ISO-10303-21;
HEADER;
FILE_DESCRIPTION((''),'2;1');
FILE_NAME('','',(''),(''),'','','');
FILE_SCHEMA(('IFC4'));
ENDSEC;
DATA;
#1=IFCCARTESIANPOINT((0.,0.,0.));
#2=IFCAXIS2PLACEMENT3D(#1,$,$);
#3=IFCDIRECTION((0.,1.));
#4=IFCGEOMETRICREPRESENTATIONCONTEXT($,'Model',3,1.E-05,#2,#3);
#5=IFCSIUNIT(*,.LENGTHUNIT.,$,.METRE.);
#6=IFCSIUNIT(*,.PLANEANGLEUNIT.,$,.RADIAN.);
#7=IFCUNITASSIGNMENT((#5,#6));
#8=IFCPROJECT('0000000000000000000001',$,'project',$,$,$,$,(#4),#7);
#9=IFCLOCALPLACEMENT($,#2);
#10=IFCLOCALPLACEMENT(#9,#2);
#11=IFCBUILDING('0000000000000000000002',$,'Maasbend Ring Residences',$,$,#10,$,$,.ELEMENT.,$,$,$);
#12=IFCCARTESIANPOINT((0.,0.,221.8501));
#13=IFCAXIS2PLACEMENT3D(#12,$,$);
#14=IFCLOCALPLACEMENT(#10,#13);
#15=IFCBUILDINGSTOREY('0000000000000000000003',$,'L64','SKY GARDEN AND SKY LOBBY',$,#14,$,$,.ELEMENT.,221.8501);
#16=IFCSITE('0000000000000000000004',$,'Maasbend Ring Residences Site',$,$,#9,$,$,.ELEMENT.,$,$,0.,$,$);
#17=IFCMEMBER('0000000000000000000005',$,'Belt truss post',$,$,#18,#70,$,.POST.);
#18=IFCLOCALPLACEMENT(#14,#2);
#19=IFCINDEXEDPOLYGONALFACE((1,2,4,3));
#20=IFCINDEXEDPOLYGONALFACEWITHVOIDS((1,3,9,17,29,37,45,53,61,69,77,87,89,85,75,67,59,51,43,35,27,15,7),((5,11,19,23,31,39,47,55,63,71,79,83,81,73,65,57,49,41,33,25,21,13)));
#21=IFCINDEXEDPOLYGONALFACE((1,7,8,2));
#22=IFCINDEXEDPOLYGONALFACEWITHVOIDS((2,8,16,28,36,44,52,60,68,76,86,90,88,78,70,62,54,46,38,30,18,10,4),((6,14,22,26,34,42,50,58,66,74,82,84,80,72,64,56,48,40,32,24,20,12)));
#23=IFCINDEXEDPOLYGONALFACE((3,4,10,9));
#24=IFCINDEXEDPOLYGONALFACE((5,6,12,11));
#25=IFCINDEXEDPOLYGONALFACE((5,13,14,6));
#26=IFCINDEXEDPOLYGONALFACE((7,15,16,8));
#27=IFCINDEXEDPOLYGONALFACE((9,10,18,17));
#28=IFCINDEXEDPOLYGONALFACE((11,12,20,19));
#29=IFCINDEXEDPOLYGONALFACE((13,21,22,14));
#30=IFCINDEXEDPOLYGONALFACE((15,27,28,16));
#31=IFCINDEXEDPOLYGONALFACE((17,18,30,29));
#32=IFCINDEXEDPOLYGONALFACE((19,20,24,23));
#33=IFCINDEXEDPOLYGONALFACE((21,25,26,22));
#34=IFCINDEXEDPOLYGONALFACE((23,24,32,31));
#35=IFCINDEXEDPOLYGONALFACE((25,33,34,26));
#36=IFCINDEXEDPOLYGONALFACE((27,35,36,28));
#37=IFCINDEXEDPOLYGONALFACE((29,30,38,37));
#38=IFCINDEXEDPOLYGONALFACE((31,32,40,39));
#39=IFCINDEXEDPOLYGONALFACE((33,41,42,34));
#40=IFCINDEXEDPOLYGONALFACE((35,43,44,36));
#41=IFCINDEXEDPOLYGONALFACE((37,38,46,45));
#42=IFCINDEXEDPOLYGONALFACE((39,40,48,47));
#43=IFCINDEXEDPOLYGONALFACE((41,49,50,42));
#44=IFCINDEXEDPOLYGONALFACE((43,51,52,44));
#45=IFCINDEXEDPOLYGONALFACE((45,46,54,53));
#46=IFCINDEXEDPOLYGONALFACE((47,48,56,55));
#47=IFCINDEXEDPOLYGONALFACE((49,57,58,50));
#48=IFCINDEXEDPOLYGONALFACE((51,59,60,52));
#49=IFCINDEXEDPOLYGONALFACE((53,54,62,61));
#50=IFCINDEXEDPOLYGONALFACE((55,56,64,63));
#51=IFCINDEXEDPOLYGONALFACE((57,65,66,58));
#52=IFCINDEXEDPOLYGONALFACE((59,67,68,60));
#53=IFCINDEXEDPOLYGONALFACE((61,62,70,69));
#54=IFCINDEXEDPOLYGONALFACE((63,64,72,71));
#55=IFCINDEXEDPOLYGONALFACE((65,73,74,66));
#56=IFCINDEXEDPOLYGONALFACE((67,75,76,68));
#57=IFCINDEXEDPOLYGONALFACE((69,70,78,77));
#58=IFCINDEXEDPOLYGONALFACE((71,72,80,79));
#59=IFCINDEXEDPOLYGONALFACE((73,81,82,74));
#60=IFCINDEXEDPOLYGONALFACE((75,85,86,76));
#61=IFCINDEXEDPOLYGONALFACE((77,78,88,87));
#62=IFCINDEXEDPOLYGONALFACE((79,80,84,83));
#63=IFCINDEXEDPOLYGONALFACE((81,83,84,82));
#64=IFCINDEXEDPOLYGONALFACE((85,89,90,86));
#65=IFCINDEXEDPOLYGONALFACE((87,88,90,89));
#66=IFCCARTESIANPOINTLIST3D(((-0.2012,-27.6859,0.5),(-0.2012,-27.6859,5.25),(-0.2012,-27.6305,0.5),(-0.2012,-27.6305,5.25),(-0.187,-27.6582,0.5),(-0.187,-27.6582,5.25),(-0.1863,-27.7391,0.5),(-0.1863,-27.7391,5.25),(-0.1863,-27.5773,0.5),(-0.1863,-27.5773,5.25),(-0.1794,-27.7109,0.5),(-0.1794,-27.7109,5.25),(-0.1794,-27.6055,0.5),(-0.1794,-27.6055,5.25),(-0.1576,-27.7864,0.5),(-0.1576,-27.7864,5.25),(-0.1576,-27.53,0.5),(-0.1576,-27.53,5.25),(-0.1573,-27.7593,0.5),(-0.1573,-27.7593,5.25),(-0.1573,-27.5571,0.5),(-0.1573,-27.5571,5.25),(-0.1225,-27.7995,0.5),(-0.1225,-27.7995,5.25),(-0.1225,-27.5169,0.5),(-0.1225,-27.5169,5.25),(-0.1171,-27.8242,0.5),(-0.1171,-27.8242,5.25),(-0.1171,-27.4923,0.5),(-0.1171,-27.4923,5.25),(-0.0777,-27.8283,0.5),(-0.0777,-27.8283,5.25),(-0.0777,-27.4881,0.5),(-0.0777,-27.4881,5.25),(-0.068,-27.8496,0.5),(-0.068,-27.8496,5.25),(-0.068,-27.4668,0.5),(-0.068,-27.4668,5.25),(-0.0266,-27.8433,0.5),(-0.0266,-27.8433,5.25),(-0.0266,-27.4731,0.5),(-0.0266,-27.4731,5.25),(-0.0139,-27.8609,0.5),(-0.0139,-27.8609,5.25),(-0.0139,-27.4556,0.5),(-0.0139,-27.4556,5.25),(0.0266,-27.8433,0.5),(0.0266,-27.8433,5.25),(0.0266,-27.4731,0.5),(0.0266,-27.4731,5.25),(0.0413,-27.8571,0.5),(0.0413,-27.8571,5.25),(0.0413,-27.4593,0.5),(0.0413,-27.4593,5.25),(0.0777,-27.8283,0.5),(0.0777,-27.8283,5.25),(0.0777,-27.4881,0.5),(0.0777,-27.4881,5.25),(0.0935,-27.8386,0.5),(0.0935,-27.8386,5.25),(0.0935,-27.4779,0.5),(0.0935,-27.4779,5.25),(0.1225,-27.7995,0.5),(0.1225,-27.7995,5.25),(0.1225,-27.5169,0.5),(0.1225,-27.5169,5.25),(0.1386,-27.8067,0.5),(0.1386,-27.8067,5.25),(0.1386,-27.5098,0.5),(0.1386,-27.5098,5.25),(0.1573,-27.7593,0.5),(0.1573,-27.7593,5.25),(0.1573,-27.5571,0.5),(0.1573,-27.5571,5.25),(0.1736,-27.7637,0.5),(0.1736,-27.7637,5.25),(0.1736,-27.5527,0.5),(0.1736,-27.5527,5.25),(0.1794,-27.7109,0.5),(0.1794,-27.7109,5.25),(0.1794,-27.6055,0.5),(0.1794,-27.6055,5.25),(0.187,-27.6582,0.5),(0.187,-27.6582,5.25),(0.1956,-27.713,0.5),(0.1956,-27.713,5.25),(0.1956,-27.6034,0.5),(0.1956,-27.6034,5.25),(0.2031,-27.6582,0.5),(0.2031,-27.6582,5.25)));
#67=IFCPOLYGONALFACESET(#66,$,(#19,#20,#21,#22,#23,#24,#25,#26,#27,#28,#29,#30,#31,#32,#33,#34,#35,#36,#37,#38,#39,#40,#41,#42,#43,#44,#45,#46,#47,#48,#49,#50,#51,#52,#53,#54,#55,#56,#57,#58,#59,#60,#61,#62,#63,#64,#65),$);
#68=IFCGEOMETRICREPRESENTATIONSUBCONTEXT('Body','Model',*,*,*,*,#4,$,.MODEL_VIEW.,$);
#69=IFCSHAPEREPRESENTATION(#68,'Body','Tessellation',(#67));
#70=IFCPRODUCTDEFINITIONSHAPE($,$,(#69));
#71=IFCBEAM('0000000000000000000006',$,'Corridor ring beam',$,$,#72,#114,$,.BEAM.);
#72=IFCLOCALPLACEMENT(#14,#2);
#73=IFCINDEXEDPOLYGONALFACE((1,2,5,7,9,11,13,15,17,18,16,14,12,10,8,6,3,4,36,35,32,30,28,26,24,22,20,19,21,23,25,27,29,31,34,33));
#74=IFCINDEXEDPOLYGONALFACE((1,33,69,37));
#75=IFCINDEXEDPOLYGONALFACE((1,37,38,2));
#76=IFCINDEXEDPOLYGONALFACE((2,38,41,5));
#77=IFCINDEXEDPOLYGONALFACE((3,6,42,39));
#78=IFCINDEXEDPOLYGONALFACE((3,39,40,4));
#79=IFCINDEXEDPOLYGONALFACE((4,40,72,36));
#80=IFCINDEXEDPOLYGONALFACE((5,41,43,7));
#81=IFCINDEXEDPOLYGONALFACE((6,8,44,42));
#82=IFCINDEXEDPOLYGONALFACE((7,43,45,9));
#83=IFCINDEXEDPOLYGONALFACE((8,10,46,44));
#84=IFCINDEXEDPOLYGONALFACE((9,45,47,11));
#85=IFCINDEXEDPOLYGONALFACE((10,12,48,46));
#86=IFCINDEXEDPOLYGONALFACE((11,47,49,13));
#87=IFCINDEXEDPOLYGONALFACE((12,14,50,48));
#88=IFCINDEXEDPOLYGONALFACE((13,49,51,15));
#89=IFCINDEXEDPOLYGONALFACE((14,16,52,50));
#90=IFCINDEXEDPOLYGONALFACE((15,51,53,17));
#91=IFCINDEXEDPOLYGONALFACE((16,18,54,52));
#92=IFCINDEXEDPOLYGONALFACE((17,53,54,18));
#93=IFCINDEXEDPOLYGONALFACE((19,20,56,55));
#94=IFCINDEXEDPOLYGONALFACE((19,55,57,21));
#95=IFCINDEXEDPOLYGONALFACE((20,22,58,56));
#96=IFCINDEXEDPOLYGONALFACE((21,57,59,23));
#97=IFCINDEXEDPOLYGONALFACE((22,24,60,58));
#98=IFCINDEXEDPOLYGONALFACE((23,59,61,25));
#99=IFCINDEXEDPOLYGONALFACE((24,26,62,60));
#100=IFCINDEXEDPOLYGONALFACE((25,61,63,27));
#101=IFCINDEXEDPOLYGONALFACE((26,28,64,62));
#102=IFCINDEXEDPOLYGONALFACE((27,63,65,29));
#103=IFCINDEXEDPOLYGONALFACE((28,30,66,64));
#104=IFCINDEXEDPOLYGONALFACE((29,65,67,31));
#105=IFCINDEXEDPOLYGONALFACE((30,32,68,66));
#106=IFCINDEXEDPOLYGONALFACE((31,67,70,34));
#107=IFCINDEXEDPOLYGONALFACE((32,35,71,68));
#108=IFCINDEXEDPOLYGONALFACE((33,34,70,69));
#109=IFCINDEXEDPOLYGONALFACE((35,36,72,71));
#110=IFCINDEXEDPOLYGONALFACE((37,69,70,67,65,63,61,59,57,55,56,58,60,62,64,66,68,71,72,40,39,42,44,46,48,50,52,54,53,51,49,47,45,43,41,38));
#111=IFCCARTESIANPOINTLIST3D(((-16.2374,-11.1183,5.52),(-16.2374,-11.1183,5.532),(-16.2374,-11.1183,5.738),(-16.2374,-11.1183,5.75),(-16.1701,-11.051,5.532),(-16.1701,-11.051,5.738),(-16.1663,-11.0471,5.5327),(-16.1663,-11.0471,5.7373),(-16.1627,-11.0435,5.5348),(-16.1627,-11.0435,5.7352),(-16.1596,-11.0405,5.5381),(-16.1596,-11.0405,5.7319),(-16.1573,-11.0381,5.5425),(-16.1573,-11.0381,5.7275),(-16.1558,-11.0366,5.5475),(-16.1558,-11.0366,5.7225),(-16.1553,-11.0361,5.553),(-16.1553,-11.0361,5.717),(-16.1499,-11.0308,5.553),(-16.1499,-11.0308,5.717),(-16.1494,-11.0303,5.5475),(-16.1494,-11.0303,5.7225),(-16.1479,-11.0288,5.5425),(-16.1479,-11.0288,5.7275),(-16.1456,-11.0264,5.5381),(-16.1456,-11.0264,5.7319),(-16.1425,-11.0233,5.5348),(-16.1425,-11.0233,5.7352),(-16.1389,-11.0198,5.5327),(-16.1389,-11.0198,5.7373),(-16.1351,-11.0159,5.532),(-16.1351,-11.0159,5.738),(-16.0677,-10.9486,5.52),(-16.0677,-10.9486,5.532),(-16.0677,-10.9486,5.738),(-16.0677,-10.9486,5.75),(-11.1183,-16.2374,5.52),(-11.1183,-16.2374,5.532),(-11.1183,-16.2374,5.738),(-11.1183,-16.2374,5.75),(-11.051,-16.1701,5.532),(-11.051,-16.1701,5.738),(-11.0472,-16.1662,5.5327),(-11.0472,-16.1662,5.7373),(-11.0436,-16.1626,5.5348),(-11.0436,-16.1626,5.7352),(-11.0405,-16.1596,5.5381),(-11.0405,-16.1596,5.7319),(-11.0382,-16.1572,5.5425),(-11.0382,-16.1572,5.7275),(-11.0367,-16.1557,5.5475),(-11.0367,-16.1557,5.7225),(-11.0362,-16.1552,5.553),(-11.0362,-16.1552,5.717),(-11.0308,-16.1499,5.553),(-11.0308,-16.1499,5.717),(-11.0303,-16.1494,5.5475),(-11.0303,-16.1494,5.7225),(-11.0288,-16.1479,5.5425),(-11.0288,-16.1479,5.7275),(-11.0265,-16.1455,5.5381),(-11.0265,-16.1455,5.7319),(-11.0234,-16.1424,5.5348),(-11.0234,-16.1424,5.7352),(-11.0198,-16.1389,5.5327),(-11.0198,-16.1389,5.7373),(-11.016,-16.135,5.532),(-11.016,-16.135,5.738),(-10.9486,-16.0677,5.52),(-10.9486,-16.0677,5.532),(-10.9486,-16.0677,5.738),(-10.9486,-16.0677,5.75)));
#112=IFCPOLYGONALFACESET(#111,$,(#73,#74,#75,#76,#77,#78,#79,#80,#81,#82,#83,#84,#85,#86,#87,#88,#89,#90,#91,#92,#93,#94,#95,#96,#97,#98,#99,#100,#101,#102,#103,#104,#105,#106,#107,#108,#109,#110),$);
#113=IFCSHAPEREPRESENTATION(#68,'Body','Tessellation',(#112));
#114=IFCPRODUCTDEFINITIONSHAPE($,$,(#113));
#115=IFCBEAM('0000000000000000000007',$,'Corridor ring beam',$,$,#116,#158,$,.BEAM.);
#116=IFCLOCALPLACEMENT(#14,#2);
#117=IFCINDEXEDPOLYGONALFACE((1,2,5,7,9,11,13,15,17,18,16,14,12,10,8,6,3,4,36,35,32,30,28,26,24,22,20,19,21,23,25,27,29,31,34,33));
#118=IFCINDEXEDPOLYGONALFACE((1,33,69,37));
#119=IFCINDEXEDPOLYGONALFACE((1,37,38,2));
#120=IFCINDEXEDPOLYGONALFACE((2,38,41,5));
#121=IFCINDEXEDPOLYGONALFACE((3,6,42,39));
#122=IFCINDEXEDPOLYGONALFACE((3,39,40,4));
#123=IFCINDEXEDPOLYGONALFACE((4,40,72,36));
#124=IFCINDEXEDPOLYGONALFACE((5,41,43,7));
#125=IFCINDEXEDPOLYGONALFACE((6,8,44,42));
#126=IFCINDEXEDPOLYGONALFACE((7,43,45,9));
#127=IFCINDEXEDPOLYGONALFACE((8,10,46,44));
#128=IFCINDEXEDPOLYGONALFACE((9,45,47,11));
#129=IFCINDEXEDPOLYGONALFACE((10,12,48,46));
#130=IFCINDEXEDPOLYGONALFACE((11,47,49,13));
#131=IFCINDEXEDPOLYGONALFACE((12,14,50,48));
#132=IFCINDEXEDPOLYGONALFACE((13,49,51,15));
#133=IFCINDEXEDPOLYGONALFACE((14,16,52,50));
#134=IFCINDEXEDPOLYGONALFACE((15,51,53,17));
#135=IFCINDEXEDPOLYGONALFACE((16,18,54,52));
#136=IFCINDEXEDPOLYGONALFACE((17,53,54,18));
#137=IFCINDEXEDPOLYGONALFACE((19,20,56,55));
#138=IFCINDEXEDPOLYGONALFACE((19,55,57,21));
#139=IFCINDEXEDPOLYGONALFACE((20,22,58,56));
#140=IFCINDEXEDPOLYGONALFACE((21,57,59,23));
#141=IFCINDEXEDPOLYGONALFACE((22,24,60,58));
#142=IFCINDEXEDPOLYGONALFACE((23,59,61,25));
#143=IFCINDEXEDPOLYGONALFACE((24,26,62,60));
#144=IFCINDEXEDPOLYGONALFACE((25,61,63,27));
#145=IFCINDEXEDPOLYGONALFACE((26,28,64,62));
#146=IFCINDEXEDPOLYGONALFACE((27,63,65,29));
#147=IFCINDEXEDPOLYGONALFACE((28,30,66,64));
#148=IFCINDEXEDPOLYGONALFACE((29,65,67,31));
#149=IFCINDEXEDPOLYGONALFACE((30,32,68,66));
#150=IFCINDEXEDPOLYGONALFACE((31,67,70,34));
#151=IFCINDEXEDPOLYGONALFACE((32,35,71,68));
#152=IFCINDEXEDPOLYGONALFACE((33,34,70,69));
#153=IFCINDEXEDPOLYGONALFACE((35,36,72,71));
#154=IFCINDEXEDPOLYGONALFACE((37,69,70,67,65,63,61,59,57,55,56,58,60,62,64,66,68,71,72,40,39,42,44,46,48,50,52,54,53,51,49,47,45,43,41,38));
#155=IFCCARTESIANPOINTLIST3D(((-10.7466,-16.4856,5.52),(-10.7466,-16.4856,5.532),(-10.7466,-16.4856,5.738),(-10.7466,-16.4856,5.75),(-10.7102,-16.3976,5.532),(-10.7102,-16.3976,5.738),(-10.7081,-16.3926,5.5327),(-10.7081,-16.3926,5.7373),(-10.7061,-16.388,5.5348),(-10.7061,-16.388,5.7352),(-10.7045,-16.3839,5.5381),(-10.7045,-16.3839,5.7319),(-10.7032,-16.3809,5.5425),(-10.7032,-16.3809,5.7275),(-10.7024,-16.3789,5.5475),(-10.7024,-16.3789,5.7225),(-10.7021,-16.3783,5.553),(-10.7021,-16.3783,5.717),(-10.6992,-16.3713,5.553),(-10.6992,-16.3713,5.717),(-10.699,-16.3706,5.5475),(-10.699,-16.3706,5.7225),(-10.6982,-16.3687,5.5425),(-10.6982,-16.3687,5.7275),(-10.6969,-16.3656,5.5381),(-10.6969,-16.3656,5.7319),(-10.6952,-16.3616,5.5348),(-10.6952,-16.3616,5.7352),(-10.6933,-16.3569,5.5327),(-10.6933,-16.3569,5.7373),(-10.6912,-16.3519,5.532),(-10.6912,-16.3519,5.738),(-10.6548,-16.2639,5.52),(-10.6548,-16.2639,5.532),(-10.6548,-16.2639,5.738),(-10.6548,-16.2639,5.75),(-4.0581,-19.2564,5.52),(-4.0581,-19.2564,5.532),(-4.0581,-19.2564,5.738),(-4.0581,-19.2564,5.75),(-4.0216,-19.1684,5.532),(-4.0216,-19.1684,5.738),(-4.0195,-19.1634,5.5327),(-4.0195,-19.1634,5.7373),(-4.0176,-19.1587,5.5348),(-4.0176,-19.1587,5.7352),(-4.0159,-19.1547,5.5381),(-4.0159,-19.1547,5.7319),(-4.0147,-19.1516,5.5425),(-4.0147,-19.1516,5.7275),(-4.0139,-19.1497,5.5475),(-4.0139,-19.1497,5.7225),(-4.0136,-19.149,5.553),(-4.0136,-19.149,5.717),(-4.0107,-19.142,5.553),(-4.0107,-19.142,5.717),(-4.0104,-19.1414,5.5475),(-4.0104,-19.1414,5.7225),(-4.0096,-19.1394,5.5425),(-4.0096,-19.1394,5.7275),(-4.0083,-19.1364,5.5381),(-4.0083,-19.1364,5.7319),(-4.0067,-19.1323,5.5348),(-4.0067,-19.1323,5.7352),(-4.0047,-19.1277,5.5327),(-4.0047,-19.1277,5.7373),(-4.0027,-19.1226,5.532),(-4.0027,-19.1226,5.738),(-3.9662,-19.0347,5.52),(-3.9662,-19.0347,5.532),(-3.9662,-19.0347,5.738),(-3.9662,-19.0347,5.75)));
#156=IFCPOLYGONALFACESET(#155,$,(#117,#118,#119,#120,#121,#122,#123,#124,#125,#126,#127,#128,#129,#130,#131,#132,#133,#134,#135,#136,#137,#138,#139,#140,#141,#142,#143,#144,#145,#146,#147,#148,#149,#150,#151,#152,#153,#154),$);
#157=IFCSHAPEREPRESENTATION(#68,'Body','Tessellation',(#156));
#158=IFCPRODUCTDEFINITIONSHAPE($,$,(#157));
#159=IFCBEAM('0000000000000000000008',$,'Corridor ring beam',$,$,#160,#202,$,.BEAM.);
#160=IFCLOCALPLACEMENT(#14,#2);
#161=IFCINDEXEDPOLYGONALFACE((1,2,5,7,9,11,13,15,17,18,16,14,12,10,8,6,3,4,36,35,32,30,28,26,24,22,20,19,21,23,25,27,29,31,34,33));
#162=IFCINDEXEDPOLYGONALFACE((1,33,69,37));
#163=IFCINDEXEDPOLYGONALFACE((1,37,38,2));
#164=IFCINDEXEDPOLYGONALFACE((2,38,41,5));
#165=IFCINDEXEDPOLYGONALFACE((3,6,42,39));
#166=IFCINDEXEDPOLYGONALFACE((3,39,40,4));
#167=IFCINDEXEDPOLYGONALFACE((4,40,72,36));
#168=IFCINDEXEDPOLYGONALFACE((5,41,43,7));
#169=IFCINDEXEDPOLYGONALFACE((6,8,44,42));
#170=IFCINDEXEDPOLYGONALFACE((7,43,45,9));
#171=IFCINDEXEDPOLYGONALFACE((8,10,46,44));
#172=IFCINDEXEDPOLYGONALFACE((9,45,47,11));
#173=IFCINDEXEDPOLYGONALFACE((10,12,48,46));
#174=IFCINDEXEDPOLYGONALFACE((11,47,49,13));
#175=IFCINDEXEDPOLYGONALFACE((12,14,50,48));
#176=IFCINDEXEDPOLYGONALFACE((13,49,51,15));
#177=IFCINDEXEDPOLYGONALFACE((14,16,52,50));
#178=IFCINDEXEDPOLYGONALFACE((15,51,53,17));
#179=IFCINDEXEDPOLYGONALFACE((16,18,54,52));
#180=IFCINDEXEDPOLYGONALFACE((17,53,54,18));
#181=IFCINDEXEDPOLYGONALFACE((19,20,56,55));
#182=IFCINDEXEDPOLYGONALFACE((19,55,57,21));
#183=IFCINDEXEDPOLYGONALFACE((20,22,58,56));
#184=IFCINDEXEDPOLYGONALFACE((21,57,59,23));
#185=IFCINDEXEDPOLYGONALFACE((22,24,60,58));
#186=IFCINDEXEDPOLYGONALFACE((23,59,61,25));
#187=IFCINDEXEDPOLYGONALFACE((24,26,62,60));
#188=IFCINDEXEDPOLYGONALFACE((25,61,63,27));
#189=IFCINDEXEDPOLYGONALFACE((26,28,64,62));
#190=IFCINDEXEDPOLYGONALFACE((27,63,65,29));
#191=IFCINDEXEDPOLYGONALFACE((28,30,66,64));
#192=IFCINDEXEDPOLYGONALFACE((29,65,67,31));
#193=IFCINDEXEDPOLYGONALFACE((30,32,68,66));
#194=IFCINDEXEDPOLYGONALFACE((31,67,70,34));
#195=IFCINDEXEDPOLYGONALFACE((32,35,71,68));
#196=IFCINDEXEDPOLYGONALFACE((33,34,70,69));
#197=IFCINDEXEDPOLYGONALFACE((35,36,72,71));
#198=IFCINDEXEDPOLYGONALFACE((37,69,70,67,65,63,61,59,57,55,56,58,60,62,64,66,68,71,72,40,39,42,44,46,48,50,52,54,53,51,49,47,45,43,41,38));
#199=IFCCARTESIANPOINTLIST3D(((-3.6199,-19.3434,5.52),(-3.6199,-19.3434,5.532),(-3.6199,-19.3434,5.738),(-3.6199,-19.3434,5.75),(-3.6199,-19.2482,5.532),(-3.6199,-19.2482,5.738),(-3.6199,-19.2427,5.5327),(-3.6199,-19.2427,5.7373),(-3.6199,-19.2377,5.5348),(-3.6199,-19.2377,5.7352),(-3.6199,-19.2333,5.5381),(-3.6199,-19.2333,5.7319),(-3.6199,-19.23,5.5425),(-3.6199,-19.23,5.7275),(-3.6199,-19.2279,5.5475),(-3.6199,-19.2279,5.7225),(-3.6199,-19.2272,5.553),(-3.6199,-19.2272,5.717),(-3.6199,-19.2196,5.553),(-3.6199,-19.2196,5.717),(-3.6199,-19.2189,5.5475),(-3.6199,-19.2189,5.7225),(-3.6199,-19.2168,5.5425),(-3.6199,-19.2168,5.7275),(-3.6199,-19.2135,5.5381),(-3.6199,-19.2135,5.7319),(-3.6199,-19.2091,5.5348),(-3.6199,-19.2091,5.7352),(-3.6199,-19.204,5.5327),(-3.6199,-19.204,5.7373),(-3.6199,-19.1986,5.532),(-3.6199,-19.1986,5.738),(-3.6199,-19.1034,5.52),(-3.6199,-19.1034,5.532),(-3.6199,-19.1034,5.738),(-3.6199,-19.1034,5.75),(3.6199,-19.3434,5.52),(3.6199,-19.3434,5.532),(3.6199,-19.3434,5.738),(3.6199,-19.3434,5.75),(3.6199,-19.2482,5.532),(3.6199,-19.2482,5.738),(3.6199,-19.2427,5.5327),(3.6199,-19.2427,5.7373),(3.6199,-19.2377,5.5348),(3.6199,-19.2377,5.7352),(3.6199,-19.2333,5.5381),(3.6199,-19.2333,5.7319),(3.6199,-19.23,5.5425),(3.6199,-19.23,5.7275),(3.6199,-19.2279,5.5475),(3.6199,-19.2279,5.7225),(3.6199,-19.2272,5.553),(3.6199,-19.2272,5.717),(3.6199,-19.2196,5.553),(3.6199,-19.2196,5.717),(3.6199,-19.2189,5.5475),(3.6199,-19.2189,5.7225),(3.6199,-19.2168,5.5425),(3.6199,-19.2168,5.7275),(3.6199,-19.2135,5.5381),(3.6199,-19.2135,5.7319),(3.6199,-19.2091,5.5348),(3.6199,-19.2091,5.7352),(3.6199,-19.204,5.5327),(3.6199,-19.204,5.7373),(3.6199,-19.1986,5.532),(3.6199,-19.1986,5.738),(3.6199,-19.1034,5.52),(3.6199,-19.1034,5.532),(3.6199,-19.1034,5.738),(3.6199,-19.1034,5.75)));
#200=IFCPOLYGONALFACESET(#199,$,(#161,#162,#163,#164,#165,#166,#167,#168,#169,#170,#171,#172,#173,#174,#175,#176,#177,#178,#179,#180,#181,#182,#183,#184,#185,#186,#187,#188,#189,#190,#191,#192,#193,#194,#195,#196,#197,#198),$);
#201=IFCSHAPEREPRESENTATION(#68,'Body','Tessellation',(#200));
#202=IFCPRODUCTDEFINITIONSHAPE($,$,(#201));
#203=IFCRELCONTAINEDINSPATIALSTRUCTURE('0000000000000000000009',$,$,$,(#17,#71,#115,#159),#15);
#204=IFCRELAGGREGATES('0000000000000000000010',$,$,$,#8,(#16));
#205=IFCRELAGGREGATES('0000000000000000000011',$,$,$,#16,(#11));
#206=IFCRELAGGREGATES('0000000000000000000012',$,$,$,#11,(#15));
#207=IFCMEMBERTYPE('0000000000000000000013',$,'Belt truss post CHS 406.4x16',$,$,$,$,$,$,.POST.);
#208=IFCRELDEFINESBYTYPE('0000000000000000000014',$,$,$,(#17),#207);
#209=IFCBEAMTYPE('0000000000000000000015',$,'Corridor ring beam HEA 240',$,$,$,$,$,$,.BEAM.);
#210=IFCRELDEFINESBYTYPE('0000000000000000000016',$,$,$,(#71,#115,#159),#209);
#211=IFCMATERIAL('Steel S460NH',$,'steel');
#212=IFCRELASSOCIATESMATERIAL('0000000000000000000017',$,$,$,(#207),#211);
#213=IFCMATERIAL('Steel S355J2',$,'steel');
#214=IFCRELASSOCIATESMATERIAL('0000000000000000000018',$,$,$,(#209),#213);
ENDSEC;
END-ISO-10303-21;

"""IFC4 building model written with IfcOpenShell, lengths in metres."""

from ifc_helpers import new_model, si_unit, direction, frame, origin, origin_2d, place, context, subcontext, project, spatial, hollow_circle, i_section, extrude, material, material_profile, profile_set, type_object, element, save


model = new_model("IFC4")

# Units and contexts
model_context = context("Model", 3, precision=1e-05, world=origin(), true_north=direction((0.0, 1.0)))
body_context = subcontext(model_context, "Body", "Model", "MODEL_VIEW")
ifc_project = project(units=[si_unit("LENGTHUNIT", "METRE"), si_unit("PLANEANGLEUNIT", "RADIAN")], contexts=[model_context])

# Site, building, storey
site_placement = place(None, origin())
site = spatial("IfcSite", under=ifc_project, at=site_placement, Name="Maasbend Ring Residences Site", CompositionType="ELEMENT", RefElevation=0.0)
building_placement = place(site_placement, origin())
building = spatial("IfcBuilding", under=site, at=building_placement, Name="Maasbend Ring Residences", CompositionType="ELEMENT")
storey_placement = place(building_placement, frame((0.0, 0.0, 221.8501)))
storey = spatial("IfcBuildingStorey", under=building, at=storey_placement, Name="L64", Description="SKY GARDEN AND SKY LOBBY", CompositionType="ELEMENT", Elevation=221.8501)

# Member
ifc_material_1 = material(Name="Steel S460NH", Category="steel")
ifc_material_profile_1 = material_profile(ifc_material_1, hollow_circle(Radius=0.2031, WallThickness=0.0161, at=origin_2d()), Name="Belt truss post CHS 406.4x16")
ifc_profile_set_1 = profile_set([ifc_material_profile_1], Name="Steel S460NH")
member_type_1 = type_object("IfcMemberType", Name="Belt truss post CHS 406.4x16", PredefinedType="POST", material=ifc_profile_set_1)
for number, where, z_axis, x_axis, name in (
    (1, (0.0, -27.6582, 0.5), (0.0, 0.0, 1.0), (1.0, 0.0, 0.0), "Belt truss post"),
):
    element("IfcMember", number, at=place(storey_placement, frame(where, z_axis=z_axis, x_axis=x_axis)), inside=storey, type_object=member_type_1, Name=name, PredefinedType="POST", context=body_context, shape_type="SweptSolid", body=[
        extrude(hollow_circle(Radius=0.2031, WallThickness=0.0161, at=origin_2d()), origin(), (0.0, 0.0, 1.0), 4.75),
    ])

# Beams
ifc_material_2 = material(Name="Steel S355J2", Category="steel")
ifc_material_profile_2 = material_profile(ifc_material_2, i_section(OverallWidth=0.24, OverallDepth=0.23, WebThickness=0.0076, FlangeThickness=0.012, FilletRadius=0.021, at=origin_2d()), Name="HEA 240")
ifc_profile_set_2 = profile_set([ifc_material_profile_2], Name="Steel S355J2")
beam_type_1 = type_object("IfcBeamType", Name="Corridor ring beam HEA 240", PredefinedType="BEAM", material=ifc_profile_set_2)
beam_1_placement = place(storey_placement, frame((-16.1526, -11.0334, 5.635), z_axis=(0.707107, -0.707107, 0.0), x_axis=(0.707107, 0.707107, 0.0)))
element("IfcBeam", 2, at=beam_1_placement, inside=storey, type_object=beam_type_1, Name="Corridor ring beam", PredefinedType="BEAM", context=body_context, shape_type="SweptSolid", body=[
    extrude(i_section(OverallWidth=0.24, OverallDepth=0.23, WebThickness=0.0076, FlangeThickness=0.012, FilletRadius=0.021, at=origin_2d()), origin(), (0.0, 0.0, 1.0), 7.2395),
])
for number, where, z_axis, x_axis, name in (
    (3, (-10.7007, -16.3748, 5.635), (0.923865, -0.382718, 0.0), (0.382718, 0.923865, 0.0), "Corridor ring beam"),
    (4, (-3.6199, -19.2234, 5.635), (1.0, 0.0, 0.0), (0.0, 1.0, 0.0), "Corridor ring beam"),
):
    element("IfcBeam", number, at=place(storey_placement, frame(where, z_axis=z_axis, x_axis=x_axis)), inside=storey, type_object=beam_type_1, Name=name, PredefinedType="BEAM", context=body_context, shape_type="SweptSolid", body=[
        extrude(i_section(OverallWidth=0.24, OverallDepth=0.23, WebThickness=0.0076, FlangeThickness=0.012, FilletRadius=0.021, at=origin_2d()), origin(), (0.0, 0.0, 1.0), 7.2397),
    ])

save(model, "model.ifc")
